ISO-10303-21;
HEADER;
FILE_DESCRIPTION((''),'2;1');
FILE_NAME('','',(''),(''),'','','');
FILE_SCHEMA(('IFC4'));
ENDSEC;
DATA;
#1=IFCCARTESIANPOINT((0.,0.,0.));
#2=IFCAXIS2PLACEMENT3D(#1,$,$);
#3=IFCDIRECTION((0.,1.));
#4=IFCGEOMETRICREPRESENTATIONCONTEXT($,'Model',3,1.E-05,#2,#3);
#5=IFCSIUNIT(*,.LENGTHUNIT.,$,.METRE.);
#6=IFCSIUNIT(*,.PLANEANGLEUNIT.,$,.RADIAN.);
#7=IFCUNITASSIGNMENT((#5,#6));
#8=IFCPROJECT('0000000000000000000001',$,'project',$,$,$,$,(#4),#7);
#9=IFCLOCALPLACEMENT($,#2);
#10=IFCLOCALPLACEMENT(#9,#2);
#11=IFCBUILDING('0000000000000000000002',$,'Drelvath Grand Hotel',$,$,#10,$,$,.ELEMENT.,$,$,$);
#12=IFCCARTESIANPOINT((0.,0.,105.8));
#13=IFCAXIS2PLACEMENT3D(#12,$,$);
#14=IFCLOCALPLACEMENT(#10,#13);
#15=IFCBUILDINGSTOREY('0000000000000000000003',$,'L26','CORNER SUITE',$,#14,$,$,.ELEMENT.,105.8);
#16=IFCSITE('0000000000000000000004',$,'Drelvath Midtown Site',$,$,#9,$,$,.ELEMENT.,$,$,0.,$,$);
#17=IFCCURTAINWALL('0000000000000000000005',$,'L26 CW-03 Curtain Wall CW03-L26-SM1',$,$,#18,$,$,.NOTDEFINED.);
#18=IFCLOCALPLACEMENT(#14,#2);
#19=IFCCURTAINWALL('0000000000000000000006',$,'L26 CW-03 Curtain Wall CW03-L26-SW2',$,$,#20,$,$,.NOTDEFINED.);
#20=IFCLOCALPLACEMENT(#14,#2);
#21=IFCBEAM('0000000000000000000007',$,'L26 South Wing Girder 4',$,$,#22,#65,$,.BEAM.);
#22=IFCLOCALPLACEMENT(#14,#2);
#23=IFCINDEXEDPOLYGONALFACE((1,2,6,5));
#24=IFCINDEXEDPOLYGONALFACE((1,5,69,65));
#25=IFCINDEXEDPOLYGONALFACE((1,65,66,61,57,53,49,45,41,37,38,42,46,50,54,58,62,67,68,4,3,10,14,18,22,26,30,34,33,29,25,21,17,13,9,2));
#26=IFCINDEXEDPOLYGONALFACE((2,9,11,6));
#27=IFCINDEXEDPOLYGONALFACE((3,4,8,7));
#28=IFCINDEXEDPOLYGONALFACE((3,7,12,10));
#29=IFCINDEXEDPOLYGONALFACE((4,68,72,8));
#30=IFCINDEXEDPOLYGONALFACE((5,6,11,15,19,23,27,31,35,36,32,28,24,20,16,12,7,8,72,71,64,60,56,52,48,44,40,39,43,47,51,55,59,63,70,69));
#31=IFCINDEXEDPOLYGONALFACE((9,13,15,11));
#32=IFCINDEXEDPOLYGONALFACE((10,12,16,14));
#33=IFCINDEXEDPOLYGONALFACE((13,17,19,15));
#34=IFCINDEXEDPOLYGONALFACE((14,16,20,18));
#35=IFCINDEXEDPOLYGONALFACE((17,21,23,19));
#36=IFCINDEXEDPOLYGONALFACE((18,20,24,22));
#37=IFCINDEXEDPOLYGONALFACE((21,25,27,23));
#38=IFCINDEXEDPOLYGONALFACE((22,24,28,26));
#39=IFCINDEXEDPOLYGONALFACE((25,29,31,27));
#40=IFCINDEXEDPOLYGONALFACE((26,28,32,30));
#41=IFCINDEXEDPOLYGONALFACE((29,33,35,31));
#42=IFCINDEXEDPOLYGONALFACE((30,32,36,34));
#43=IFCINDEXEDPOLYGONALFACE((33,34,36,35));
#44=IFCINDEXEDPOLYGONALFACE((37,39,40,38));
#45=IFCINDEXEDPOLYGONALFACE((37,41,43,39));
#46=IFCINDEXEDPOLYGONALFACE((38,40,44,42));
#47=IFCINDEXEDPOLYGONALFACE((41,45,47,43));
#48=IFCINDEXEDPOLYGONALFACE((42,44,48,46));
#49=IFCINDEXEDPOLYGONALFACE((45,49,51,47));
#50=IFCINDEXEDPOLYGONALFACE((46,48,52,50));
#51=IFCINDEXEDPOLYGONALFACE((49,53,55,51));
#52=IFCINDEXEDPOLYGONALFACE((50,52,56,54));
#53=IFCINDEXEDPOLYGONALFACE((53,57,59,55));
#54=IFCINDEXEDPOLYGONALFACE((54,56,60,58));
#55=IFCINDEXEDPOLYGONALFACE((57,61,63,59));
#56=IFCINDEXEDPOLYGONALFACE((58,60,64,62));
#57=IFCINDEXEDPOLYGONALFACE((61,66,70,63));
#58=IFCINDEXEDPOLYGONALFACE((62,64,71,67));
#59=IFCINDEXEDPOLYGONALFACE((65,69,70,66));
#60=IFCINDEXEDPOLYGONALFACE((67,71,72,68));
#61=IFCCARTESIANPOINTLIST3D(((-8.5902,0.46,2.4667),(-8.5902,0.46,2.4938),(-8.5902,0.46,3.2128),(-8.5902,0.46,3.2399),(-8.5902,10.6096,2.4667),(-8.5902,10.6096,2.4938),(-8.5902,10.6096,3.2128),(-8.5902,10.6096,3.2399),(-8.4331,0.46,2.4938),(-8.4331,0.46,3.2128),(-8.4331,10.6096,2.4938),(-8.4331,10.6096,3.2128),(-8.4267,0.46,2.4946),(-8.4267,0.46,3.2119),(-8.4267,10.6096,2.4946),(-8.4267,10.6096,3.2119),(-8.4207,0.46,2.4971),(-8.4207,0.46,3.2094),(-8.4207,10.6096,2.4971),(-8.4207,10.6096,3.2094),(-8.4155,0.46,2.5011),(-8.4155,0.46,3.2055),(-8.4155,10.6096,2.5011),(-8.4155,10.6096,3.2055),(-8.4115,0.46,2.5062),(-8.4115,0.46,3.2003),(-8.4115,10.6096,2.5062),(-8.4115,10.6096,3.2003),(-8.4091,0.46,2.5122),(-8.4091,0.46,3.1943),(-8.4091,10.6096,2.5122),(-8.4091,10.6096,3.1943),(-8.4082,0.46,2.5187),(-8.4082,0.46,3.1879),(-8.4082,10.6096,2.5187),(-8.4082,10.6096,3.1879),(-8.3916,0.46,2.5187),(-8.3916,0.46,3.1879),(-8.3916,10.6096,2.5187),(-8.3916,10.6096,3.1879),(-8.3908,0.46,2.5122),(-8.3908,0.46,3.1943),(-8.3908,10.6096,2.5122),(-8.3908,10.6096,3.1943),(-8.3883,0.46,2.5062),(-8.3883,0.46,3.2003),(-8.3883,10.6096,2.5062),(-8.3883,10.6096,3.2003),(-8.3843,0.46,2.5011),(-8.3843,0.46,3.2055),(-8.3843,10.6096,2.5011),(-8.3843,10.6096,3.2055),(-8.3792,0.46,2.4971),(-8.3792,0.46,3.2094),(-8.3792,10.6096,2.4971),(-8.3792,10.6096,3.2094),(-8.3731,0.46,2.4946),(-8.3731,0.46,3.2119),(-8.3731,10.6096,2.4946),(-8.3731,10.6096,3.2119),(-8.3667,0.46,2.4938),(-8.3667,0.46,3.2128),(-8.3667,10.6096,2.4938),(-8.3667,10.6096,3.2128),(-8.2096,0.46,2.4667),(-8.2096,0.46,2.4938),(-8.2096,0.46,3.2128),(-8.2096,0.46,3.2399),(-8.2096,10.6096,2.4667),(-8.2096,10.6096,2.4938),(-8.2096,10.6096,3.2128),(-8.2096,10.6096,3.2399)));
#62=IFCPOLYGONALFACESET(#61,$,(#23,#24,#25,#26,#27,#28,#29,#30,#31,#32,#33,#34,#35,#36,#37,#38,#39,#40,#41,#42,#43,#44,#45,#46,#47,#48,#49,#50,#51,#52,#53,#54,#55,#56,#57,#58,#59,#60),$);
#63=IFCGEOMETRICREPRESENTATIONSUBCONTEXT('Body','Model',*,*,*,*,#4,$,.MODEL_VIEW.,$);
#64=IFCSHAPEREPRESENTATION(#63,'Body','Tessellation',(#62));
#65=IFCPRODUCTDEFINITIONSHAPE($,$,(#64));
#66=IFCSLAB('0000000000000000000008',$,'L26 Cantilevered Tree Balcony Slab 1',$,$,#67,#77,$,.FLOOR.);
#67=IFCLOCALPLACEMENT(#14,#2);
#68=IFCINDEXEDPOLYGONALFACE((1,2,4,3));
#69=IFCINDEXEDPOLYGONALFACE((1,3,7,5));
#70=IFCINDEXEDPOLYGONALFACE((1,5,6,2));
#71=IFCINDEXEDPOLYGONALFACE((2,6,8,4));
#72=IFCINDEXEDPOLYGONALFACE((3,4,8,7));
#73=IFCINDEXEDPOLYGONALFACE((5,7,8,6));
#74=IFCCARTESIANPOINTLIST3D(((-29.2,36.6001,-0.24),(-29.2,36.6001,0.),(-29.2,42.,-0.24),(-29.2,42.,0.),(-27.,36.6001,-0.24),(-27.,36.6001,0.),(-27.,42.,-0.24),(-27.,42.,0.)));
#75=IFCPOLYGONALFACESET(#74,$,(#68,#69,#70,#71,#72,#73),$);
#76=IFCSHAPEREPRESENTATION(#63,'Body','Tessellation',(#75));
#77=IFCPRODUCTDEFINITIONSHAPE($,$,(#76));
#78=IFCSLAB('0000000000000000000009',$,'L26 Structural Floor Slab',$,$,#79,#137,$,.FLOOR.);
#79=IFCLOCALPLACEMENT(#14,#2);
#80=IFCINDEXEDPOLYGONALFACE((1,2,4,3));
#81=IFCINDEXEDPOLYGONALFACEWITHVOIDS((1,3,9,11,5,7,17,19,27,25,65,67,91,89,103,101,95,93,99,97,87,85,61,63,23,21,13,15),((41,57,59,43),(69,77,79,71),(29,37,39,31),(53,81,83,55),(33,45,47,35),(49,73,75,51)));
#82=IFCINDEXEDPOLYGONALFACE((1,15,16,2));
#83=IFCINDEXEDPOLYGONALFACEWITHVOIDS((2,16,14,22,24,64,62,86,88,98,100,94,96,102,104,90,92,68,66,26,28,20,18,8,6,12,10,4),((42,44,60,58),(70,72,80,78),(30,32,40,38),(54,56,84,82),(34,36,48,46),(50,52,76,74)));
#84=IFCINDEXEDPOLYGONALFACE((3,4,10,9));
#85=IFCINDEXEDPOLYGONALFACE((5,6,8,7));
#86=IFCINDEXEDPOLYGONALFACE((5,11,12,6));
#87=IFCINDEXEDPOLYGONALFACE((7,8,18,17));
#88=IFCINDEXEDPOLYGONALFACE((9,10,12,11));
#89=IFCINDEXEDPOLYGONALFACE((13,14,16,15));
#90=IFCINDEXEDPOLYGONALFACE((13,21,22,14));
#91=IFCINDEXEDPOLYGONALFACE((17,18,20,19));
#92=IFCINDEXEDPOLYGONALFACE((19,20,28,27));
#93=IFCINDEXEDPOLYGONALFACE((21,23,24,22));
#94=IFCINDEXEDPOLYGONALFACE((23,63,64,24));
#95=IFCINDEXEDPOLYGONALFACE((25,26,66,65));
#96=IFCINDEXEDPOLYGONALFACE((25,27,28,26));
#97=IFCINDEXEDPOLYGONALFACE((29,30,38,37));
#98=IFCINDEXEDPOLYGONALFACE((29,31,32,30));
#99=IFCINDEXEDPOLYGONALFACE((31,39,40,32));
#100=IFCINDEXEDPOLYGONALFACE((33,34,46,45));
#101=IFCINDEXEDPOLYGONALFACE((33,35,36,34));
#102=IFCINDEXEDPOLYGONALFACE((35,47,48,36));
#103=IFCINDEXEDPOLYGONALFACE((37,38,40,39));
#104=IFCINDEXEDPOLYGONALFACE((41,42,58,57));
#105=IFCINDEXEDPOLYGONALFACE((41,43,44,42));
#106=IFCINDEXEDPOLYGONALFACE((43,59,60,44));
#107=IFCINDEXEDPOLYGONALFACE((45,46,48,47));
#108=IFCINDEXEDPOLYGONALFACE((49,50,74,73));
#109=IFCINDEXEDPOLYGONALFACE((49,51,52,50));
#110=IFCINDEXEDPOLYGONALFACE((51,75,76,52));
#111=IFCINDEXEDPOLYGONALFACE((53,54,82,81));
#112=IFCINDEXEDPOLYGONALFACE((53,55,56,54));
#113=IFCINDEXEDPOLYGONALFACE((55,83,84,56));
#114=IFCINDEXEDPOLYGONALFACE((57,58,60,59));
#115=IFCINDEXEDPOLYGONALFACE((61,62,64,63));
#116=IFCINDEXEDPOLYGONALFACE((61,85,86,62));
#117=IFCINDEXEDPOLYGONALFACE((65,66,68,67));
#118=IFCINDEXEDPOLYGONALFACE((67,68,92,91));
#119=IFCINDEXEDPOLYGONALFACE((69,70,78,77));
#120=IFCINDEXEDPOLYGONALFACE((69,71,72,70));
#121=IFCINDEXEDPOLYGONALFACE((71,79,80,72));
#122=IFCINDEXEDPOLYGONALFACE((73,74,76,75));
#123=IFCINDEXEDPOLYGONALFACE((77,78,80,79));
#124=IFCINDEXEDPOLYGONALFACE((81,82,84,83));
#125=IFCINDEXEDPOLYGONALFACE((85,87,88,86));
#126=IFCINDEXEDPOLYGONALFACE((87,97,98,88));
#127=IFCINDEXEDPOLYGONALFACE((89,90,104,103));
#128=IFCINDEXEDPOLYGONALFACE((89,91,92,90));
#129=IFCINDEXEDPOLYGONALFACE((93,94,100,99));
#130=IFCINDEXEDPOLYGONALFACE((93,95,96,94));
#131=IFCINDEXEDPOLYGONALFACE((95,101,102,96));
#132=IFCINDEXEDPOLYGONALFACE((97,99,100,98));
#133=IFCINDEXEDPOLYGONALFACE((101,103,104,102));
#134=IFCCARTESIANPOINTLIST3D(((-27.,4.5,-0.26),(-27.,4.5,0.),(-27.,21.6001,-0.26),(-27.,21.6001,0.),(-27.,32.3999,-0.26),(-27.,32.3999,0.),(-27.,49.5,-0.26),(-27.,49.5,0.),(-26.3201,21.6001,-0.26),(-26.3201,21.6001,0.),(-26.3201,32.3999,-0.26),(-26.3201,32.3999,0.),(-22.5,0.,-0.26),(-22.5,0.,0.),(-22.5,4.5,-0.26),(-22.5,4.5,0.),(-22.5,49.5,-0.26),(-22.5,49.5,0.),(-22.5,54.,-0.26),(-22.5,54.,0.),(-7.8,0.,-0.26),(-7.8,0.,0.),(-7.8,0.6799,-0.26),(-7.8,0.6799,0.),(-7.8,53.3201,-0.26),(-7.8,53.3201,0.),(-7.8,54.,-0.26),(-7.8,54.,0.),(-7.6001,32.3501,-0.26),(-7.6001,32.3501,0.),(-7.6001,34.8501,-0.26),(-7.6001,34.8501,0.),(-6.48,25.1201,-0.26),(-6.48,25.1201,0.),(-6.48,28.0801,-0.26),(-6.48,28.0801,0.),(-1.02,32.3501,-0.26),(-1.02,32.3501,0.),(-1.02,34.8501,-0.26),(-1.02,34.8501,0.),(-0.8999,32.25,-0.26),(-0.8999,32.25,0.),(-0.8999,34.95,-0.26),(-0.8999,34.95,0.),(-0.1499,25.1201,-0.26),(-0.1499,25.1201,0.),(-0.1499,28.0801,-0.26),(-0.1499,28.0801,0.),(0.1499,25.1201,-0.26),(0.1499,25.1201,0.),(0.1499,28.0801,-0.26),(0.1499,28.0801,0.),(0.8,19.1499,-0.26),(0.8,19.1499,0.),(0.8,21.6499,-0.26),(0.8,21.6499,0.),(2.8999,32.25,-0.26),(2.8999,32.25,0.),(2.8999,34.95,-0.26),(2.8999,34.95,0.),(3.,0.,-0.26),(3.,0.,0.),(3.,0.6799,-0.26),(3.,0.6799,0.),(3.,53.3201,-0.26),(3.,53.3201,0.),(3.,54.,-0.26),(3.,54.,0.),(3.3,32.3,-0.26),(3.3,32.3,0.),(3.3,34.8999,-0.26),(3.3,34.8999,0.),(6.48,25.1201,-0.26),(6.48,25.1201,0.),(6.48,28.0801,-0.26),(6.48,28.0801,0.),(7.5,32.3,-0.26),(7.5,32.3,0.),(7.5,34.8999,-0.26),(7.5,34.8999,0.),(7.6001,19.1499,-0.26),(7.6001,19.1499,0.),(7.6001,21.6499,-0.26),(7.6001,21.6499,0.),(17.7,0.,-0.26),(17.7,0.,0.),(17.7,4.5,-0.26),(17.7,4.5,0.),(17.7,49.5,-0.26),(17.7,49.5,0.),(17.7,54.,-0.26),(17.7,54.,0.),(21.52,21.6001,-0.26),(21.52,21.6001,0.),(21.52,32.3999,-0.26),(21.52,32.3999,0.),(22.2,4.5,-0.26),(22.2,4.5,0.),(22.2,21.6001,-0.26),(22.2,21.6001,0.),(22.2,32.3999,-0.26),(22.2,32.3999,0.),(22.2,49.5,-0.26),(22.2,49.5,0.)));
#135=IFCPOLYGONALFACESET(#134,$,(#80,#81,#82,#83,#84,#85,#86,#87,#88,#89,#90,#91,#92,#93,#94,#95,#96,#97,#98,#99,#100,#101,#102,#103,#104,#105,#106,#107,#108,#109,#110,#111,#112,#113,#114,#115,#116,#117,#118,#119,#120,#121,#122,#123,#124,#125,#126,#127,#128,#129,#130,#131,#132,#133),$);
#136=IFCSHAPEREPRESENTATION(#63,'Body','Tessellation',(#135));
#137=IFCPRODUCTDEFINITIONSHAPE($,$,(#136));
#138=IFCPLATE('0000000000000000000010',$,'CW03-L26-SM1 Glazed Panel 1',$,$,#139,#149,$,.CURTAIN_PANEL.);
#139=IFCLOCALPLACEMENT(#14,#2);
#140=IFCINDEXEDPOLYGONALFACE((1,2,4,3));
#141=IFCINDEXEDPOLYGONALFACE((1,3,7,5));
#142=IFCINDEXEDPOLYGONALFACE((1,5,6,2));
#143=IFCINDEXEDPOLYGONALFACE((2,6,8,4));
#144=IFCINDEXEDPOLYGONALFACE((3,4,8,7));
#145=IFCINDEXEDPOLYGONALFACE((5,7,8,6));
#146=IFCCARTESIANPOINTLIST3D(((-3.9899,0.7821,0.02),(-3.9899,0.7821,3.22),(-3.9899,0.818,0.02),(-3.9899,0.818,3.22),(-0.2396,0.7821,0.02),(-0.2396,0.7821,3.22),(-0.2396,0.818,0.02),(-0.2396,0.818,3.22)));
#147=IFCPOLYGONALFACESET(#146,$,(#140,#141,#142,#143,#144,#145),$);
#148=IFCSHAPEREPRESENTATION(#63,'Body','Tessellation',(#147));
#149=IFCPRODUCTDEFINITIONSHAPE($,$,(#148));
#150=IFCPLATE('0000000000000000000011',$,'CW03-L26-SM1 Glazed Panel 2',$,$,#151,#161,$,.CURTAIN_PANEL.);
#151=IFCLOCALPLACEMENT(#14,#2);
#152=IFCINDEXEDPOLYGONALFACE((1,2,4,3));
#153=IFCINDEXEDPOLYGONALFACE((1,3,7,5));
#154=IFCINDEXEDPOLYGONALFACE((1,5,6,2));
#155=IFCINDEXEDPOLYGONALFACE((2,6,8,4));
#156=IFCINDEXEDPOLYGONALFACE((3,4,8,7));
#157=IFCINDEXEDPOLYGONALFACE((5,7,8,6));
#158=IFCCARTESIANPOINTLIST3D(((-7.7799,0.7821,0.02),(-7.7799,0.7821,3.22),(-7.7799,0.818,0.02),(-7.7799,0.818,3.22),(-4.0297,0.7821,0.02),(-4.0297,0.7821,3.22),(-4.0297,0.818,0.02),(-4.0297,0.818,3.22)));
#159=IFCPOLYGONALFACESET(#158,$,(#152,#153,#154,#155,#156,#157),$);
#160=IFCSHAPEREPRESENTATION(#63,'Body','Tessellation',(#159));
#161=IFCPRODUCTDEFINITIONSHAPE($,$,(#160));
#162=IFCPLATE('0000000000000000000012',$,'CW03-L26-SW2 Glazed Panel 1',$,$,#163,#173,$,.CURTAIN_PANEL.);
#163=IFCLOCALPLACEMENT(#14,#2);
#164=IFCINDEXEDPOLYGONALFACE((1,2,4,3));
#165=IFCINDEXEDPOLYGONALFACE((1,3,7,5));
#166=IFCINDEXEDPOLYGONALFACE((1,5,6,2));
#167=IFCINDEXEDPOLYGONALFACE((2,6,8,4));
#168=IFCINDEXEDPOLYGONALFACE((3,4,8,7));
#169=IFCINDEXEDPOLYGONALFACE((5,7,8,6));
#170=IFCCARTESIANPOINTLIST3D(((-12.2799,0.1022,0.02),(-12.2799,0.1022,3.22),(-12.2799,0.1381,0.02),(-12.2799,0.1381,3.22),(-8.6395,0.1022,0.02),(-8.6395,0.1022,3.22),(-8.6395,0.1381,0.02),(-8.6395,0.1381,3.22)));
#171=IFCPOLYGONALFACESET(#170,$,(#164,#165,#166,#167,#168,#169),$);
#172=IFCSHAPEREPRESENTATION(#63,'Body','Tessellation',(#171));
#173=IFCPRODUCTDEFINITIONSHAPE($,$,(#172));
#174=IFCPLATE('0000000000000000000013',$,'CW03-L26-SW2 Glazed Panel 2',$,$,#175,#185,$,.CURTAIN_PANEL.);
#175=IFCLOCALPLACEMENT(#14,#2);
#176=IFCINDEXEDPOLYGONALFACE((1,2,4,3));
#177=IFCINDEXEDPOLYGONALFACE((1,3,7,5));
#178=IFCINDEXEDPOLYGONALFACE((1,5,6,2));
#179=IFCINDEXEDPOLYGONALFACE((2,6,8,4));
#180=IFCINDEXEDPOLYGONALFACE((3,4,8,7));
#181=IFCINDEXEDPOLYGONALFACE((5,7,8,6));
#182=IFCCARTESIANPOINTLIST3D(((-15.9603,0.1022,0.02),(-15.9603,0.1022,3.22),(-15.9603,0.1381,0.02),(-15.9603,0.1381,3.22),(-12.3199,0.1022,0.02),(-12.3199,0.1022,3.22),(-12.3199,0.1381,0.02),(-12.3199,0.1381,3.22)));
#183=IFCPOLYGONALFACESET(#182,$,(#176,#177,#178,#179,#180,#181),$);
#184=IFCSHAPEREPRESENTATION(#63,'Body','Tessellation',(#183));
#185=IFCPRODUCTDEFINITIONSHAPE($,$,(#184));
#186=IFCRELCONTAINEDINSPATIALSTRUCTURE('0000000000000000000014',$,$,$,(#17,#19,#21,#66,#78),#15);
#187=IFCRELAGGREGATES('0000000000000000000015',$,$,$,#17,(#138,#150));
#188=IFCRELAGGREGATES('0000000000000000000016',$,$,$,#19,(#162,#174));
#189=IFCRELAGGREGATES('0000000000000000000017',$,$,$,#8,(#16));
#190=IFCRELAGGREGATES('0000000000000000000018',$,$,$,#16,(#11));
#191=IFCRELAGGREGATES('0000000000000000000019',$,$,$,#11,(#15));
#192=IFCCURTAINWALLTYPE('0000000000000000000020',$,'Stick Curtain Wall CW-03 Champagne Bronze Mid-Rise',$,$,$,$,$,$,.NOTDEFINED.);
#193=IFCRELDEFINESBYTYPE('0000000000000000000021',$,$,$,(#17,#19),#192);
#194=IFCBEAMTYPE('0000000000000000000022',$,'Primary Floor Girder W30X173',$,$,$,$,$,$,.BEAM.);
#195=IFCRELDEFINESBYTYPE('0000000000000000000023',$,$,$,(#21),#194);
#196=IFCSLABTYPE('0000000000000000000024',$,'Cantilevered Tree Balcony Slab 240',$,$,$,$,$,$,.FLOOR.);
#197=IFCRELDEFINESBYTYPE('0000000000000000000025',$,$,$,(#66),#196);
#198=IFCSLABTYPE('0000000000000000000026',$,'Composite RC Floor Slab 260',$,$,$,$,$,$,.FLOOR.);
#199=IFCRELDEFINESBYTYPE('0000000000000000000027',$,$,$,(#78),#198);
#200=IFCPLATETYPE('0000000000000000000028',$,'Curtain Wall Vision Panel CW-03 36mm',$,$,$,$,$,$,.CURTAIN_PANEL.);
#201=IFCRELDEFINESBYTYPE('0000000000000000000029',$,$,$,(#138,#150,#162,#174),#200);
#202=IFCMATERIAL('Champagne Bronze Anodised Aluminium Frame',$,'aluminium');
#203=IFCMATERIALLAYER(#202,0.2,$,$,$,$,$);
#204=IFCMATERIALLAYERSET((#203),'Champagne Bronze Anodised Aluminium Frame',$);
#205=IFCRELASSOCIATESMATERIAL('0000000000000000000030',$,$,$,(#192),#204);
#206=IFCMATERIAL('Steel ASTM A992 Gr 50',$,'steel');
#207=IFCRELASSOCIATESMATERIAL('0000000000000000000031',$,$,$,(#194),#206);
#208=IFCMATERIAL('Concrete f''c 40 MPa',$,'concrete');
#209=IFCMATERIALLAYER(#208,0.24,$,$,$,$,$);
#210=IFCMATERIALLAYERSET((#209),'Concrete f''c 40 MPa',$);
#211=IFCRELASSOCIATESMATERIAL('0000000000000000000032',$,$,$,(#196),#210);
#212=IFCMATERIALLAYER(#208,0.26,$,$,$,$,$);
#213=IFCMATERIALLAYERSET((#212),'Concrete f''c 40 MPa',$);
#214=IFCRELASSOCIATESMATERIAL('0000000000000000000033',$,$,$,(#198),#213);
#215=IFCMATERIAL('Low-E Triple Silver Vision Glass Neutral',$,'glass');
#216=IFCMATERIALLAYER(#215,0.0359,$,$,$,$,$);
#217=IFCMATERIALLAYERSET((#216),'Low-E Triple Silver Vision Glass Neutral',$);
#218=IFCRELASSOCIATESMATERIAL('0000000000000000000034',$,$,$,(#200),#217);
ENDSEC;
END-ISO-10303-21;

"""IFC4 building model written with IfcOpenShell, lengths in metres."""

from ifc_helpers import new_model, si_unit, direction, frame, origin, origin_2d, place, context, subcontext, project, spatial, polyline, rectangle, i_section, outline, extrude, material, layer, layer_set, material_profile, profile_set, type_object, element, aggregate, save


model = new_model("IFC4")

# Units and contexts
model_context = context("Model", 3, precision=1e-05, world=origin(), true_north=direction((0.0, 1.0)))
body_context = subcontext(model_context, "Body", "Model", "MODEL_VIEW")
ifc_project = project(units=[si_unit("LENGTHUNIT", "METRE"), si_unit("PLANEANGLEUNIT", "RADIAN")], contexts=[model_context])

# Site, building, storey
site_placement = place(None, origin())
site = spatial("IfcSite", under=ifc_project, at=site_placement, Name="Drelvath Midtown Site", CompositionType="ELEMENT", RefElevation=0.0)
building_placement = place(site_placement, origin())
building = spatial("IfcBuilding", under=site, at=building_placement, Name="Drelvath Grand Hotel", CompositionType="ELEMENT")
storey_placement = place(building_placement, frame((0.0, 0.0, 105.8)))
storey = spatial("IfcBuildingStorey", under=building, at=storey_placement, Name="L26", Description="CORNER SUITE", CompositionType="ELEMENT", Elevation=105.8)

# Shared definitions
ifc_material_1 = material(Name="Steel ASTM A992 Gr 50", Category="steel")

# Curtain walls
ifc_material_2 = material(Name="Champagne Bronze Anodised Aluminium Frame", Category="aluminium")
ifc_layer_1 = layer(ifc_material_2, 0.2)
ifc_layer_set_1 = layer_set([ifc_layer_1], Name="Champagne Bronze Anodised Aluminium Frame")
curtain_wall_type = type_object("IfcCurtainWallType", Name="Stick Curtain Wall CW-03 Champagne Bronze Mid-Rise", PredefinedType="NOTDEFINED", material=ifc_layer_set_1)
curtain_wall_1_placement = place(storey_placement, origin())
curtain_wall_1 = element("IfcCurtainWall", 1, at=curtain_wall_1_placement, inside=storey, type_object=curtain_wall_type, Name="L26 CW-03 Curtain Wall CW03-L26-SM1", PredefinedType="NOTDEFINED")
curtain_wall_2_placement = place(storey_placement, origin())
curtain_wall_2 = element("IfcCurtainWall", 2, at=curtain_wall_2_placement, inside=storey, type_object=curtain_wall_type, Name="L26 CW-03 Curtain Wall CW03-L26-SW2", PredefinedType="NOTDEFINED")

# Beam
ifc_material_profile_1 = material_profile(ifc_material_1, i_section(OverallWidth=0.3806, OverallDepth=0.7732, WebThickness=0.0166, FlangeThickness=0.0271, FilletRadius=0.0249, at=origin_2d()), Name="W30X173")
ifc_profile_set_1 = profile_set([ifc_material_profile_1], Name="Steel ASTM A992 Gr 50")
beam_type_1 = type_object("IfcBeamType", Name="Primary Floor Girder W30X173", PredefinedType="BEAM", material=ifc_profile_set_1)
beam_1_placement = place(storey_placement, frame((-8.3999, 0.46, 2.8533), z_axis=(0.0, 1.0, 0.0), x_axis=(-1.0, 0.0, 0.0)))
element("IfcBeam", 3, at=beam_1_placement, inside=storey, type_object=beam_type_1, Name="L26 South Wing Girder 4", PredefinedType="BEAM", context=body_context, shape_type="SweptSolid", body=[
    extrude(i_section(OverallWidth=0.3806, OverallDepth=0.7732, WebThickness=0.0166, FlangeThickness=0.0271, FilletRadius=0.0249, at=origin_2d()), origin(), (0.0, 0.0, 1.0), 10.1497),
])

# Slabs
ifc_material_3 = material(Name="Concrete f'c 40 MPa", Category="concrete")
ifc_layer_2 = layer(ifc_material_3, 0.24)
ifc_layer_set_2 = layer_set([ifc_layer_2], Name="Concrete f'c 40 MPa")
slab_type_1 = type_object("IfcSlabType", Name="Cantilevered Tree Balcony Slab 240", PredefinedType="FLOOR", material=ifc_layer_set_2)
slab_1_placement = place(storey_placement, frame((0.0, 0.0, -0.24)))
element("IfcSlab", 4, at=slab_1_placement, inside=storey, type_object=slab_type_1, Name="L26 Cantilevered Tree Balcony Slab 1", PredefinedType="FLOOR", context=body_context, shape_type="SweptSolid", body=[
    extrude(outline(polyline([(-29.2, 36.6001), (-27.0, 36.6001), (-27.0, 42.0), (-29.2, 42.0), (-29.2, 36.6001)])), origin(), (0.0, 0.0, 1.0), 0.24),
])
ifc_layer_3 = layer(ifc_material_3, 0.26)
ifc_layer_set_3 = layer_set([ifc_layer_3], Name="Concrete f'c 40 MPa")
slab_type_2 = type_object("IfcSlabType", Name="Composite RC Floor Slab 260", PredefinedType="FLOOR", material=ifc_layer_set_3)
slab_2_placement = place(storey_placement, frame((0.0, 0.0, -0.26)))
element("IfcSlab", 5, at=slab_2_placement, inside=storey, type_object=slab_type_2, Name="L26 Structural Floor Slab", PredefinedType="FLOOR", context=body_context, shape_type="SweptSolid", body=[
    extrude(outline(polyline([(-22.5, 0.0), (-7.8, 0.0), (-7.8, 0.6799), (3.0, 0.6799), (3.0, 0.0), (17.7, 0.0), (17.7, 4.5), (22.2, 4.5), (22.2, 21.6001), (21.52, 21.6001), (21.52, 32.3999), (22.2, 32.3999), (22.2, 49.5), (17.7, 49.5), (17.7, 54.0), (3.0, 54.0), (3.0, 53.3201), (-7.8, 53.3201), (-7.8, 54.0), (-22.5, 54.0), (-22.5, 49.5), (-27.0, 49.5), (-27.0, 32.3999), (-26.3201, 32.3999), (-26.3201, 21.6001), (-27.0, 21.6001), (-27.0, 4.5), (-22.5, 4.5), (-22.5, 0.0)]), holes=[polyline([(-6.48, 25.1201), (-6.48, 28.0801), (-0.1499, 28.0801), (-0.1499, 25.1201), (-6.48, 25.1201)]), polyline([(0.1499, 25.1201), (0.1499, 28.0801), (6.48, 28.0801), (6.48, 25.1201), (0.1499, 25.1201)]), polyline([(0.8, 19.1499), (0.8, 21.6499), (7.6001, 21.6499), (7.6001, 19.1499), (0.8, 19.1499)]), polyline([(-7.6001, 32.3501), (-7.6001, 34.8501), (-1.02, 34.8501), (-1.02, 32.3501), (-7.6001, 32.3501)]), polyline([(-0.8999, 32.25), (-0.8999, 34.95), (2.8999, 34.95), (2.8999, 32.25), (-0.8999, 32.25)]), polyline([(3.3, 32.3), (3.3, 34.8999), (7.5, 34.8999), (7.5, 32.3), (3.3, 32.3)])]), origin(), (0.0, 0.0, 1.0), 0.26),
])

# Plates
ifc_material_4 = material(Name="Low-E Triple Silver Vision Glass Neutral", Category="glass")
ifc_layer_4 = layer(ifc_material_4, 0.0359)
ifc_layer_set_4 = layer_set([ifc_layer_4], Name="Low-E Triple Silver Vision Glass Neutral")
plate_type = type_object("IfcPlateType", Name="Curtain Wall Vision Panel CW-03 36mm", PredefinedType="CURTAIN_PANEL", material=ifc_layer_set_4)
plate_1_placement = place(storey_placement, frame((-2.1147, 0.8, 0.02), z_axis=(0.0, 0.0, 1.0), x_axis=(-1.0, 0.0, 0.0)))
plate_1 = element("IfcPlate", 6, at=plate_1_placement, type_object=plate_type, Name="CW03-L26-SM1 Glazed Panel 1", PredefinedType="CURTAIN_PANEL", context=body_context, shape_type="SweptSolid", body=[
    extrude(rectangle(XDim=3.7502, YDim=0.0359, at=origin_2d()), origin(), (0.0, 0.0, 1.0), 3.2),
])
plate_2_placement = place(storey_placement, frame((-5.9048, 0.8, 0.02), z_axis=(0.0, 0.0, 1.0), x_axis=(-1.0, 0.0, 0.0)))
plate_2 = element("IfcPlate", 7, at=plate_2_placement, type_object=plate_type, Name="CW03-L26-SM1 Glazed Panel 2", PredefinedType="CURTAIN_PANEL", context=body_context, shape_type="SweptSolid", body=[
    extrude(rectangle(XDim=3.7502, YDim=0.0359, at=origin_2d()), origin(), (0.0, 0.0, 1.0), 3.2),
])
aggregate(curtain_wall_1, [plate_1, plate_2])
plate_3_placement = place(storey_placement, frame((-10.4597, 0.1201, 0.02), z_axis=(0.0, 0.0, 1.0), x_axis=(-1.0, 0.0, 0.0)))
plate_3 = element("IfcPlate", 8, at=plate_3_placement, type_object=plate_type, Name="CW03-L26-SW2 Glazed Panel 1", PredefinedType="CURTAIN_PANEL", context=body_context, shape_type="SweptSolid", body=[
    extrude(rectangle(XDim=3.6404, YDim=0.0359, at=origin_2d()), origin(), (0.0, 0.0, 1.0), 3.2),
])
plate_4_placement = place(storey_placement, frame((-14.1401, 0.1201, 0.02), z_axis=(0.0, 0.0, 1.0), x_axis=(-1.0, 0.0, 0.0)))
plate_4 = element("IfcPlate", 9, at=plate_4_placement, type_object=plate_type, Name="CW03-L26-SW2 Glazed Panel 2", PredefinedType="CURTAIN_PANEL", context=body_context, shape_type="SweptSolid", body=[
    extrude(rectangle(XDim=3.6404, YDim=0.0359, at=origin_2d()), origin(), (0.0, 0.0, 1.0), 3.2),
])
aggregate(curtain_wall_2, [plate_3, plate_4])

save(model, "model.ifc")
